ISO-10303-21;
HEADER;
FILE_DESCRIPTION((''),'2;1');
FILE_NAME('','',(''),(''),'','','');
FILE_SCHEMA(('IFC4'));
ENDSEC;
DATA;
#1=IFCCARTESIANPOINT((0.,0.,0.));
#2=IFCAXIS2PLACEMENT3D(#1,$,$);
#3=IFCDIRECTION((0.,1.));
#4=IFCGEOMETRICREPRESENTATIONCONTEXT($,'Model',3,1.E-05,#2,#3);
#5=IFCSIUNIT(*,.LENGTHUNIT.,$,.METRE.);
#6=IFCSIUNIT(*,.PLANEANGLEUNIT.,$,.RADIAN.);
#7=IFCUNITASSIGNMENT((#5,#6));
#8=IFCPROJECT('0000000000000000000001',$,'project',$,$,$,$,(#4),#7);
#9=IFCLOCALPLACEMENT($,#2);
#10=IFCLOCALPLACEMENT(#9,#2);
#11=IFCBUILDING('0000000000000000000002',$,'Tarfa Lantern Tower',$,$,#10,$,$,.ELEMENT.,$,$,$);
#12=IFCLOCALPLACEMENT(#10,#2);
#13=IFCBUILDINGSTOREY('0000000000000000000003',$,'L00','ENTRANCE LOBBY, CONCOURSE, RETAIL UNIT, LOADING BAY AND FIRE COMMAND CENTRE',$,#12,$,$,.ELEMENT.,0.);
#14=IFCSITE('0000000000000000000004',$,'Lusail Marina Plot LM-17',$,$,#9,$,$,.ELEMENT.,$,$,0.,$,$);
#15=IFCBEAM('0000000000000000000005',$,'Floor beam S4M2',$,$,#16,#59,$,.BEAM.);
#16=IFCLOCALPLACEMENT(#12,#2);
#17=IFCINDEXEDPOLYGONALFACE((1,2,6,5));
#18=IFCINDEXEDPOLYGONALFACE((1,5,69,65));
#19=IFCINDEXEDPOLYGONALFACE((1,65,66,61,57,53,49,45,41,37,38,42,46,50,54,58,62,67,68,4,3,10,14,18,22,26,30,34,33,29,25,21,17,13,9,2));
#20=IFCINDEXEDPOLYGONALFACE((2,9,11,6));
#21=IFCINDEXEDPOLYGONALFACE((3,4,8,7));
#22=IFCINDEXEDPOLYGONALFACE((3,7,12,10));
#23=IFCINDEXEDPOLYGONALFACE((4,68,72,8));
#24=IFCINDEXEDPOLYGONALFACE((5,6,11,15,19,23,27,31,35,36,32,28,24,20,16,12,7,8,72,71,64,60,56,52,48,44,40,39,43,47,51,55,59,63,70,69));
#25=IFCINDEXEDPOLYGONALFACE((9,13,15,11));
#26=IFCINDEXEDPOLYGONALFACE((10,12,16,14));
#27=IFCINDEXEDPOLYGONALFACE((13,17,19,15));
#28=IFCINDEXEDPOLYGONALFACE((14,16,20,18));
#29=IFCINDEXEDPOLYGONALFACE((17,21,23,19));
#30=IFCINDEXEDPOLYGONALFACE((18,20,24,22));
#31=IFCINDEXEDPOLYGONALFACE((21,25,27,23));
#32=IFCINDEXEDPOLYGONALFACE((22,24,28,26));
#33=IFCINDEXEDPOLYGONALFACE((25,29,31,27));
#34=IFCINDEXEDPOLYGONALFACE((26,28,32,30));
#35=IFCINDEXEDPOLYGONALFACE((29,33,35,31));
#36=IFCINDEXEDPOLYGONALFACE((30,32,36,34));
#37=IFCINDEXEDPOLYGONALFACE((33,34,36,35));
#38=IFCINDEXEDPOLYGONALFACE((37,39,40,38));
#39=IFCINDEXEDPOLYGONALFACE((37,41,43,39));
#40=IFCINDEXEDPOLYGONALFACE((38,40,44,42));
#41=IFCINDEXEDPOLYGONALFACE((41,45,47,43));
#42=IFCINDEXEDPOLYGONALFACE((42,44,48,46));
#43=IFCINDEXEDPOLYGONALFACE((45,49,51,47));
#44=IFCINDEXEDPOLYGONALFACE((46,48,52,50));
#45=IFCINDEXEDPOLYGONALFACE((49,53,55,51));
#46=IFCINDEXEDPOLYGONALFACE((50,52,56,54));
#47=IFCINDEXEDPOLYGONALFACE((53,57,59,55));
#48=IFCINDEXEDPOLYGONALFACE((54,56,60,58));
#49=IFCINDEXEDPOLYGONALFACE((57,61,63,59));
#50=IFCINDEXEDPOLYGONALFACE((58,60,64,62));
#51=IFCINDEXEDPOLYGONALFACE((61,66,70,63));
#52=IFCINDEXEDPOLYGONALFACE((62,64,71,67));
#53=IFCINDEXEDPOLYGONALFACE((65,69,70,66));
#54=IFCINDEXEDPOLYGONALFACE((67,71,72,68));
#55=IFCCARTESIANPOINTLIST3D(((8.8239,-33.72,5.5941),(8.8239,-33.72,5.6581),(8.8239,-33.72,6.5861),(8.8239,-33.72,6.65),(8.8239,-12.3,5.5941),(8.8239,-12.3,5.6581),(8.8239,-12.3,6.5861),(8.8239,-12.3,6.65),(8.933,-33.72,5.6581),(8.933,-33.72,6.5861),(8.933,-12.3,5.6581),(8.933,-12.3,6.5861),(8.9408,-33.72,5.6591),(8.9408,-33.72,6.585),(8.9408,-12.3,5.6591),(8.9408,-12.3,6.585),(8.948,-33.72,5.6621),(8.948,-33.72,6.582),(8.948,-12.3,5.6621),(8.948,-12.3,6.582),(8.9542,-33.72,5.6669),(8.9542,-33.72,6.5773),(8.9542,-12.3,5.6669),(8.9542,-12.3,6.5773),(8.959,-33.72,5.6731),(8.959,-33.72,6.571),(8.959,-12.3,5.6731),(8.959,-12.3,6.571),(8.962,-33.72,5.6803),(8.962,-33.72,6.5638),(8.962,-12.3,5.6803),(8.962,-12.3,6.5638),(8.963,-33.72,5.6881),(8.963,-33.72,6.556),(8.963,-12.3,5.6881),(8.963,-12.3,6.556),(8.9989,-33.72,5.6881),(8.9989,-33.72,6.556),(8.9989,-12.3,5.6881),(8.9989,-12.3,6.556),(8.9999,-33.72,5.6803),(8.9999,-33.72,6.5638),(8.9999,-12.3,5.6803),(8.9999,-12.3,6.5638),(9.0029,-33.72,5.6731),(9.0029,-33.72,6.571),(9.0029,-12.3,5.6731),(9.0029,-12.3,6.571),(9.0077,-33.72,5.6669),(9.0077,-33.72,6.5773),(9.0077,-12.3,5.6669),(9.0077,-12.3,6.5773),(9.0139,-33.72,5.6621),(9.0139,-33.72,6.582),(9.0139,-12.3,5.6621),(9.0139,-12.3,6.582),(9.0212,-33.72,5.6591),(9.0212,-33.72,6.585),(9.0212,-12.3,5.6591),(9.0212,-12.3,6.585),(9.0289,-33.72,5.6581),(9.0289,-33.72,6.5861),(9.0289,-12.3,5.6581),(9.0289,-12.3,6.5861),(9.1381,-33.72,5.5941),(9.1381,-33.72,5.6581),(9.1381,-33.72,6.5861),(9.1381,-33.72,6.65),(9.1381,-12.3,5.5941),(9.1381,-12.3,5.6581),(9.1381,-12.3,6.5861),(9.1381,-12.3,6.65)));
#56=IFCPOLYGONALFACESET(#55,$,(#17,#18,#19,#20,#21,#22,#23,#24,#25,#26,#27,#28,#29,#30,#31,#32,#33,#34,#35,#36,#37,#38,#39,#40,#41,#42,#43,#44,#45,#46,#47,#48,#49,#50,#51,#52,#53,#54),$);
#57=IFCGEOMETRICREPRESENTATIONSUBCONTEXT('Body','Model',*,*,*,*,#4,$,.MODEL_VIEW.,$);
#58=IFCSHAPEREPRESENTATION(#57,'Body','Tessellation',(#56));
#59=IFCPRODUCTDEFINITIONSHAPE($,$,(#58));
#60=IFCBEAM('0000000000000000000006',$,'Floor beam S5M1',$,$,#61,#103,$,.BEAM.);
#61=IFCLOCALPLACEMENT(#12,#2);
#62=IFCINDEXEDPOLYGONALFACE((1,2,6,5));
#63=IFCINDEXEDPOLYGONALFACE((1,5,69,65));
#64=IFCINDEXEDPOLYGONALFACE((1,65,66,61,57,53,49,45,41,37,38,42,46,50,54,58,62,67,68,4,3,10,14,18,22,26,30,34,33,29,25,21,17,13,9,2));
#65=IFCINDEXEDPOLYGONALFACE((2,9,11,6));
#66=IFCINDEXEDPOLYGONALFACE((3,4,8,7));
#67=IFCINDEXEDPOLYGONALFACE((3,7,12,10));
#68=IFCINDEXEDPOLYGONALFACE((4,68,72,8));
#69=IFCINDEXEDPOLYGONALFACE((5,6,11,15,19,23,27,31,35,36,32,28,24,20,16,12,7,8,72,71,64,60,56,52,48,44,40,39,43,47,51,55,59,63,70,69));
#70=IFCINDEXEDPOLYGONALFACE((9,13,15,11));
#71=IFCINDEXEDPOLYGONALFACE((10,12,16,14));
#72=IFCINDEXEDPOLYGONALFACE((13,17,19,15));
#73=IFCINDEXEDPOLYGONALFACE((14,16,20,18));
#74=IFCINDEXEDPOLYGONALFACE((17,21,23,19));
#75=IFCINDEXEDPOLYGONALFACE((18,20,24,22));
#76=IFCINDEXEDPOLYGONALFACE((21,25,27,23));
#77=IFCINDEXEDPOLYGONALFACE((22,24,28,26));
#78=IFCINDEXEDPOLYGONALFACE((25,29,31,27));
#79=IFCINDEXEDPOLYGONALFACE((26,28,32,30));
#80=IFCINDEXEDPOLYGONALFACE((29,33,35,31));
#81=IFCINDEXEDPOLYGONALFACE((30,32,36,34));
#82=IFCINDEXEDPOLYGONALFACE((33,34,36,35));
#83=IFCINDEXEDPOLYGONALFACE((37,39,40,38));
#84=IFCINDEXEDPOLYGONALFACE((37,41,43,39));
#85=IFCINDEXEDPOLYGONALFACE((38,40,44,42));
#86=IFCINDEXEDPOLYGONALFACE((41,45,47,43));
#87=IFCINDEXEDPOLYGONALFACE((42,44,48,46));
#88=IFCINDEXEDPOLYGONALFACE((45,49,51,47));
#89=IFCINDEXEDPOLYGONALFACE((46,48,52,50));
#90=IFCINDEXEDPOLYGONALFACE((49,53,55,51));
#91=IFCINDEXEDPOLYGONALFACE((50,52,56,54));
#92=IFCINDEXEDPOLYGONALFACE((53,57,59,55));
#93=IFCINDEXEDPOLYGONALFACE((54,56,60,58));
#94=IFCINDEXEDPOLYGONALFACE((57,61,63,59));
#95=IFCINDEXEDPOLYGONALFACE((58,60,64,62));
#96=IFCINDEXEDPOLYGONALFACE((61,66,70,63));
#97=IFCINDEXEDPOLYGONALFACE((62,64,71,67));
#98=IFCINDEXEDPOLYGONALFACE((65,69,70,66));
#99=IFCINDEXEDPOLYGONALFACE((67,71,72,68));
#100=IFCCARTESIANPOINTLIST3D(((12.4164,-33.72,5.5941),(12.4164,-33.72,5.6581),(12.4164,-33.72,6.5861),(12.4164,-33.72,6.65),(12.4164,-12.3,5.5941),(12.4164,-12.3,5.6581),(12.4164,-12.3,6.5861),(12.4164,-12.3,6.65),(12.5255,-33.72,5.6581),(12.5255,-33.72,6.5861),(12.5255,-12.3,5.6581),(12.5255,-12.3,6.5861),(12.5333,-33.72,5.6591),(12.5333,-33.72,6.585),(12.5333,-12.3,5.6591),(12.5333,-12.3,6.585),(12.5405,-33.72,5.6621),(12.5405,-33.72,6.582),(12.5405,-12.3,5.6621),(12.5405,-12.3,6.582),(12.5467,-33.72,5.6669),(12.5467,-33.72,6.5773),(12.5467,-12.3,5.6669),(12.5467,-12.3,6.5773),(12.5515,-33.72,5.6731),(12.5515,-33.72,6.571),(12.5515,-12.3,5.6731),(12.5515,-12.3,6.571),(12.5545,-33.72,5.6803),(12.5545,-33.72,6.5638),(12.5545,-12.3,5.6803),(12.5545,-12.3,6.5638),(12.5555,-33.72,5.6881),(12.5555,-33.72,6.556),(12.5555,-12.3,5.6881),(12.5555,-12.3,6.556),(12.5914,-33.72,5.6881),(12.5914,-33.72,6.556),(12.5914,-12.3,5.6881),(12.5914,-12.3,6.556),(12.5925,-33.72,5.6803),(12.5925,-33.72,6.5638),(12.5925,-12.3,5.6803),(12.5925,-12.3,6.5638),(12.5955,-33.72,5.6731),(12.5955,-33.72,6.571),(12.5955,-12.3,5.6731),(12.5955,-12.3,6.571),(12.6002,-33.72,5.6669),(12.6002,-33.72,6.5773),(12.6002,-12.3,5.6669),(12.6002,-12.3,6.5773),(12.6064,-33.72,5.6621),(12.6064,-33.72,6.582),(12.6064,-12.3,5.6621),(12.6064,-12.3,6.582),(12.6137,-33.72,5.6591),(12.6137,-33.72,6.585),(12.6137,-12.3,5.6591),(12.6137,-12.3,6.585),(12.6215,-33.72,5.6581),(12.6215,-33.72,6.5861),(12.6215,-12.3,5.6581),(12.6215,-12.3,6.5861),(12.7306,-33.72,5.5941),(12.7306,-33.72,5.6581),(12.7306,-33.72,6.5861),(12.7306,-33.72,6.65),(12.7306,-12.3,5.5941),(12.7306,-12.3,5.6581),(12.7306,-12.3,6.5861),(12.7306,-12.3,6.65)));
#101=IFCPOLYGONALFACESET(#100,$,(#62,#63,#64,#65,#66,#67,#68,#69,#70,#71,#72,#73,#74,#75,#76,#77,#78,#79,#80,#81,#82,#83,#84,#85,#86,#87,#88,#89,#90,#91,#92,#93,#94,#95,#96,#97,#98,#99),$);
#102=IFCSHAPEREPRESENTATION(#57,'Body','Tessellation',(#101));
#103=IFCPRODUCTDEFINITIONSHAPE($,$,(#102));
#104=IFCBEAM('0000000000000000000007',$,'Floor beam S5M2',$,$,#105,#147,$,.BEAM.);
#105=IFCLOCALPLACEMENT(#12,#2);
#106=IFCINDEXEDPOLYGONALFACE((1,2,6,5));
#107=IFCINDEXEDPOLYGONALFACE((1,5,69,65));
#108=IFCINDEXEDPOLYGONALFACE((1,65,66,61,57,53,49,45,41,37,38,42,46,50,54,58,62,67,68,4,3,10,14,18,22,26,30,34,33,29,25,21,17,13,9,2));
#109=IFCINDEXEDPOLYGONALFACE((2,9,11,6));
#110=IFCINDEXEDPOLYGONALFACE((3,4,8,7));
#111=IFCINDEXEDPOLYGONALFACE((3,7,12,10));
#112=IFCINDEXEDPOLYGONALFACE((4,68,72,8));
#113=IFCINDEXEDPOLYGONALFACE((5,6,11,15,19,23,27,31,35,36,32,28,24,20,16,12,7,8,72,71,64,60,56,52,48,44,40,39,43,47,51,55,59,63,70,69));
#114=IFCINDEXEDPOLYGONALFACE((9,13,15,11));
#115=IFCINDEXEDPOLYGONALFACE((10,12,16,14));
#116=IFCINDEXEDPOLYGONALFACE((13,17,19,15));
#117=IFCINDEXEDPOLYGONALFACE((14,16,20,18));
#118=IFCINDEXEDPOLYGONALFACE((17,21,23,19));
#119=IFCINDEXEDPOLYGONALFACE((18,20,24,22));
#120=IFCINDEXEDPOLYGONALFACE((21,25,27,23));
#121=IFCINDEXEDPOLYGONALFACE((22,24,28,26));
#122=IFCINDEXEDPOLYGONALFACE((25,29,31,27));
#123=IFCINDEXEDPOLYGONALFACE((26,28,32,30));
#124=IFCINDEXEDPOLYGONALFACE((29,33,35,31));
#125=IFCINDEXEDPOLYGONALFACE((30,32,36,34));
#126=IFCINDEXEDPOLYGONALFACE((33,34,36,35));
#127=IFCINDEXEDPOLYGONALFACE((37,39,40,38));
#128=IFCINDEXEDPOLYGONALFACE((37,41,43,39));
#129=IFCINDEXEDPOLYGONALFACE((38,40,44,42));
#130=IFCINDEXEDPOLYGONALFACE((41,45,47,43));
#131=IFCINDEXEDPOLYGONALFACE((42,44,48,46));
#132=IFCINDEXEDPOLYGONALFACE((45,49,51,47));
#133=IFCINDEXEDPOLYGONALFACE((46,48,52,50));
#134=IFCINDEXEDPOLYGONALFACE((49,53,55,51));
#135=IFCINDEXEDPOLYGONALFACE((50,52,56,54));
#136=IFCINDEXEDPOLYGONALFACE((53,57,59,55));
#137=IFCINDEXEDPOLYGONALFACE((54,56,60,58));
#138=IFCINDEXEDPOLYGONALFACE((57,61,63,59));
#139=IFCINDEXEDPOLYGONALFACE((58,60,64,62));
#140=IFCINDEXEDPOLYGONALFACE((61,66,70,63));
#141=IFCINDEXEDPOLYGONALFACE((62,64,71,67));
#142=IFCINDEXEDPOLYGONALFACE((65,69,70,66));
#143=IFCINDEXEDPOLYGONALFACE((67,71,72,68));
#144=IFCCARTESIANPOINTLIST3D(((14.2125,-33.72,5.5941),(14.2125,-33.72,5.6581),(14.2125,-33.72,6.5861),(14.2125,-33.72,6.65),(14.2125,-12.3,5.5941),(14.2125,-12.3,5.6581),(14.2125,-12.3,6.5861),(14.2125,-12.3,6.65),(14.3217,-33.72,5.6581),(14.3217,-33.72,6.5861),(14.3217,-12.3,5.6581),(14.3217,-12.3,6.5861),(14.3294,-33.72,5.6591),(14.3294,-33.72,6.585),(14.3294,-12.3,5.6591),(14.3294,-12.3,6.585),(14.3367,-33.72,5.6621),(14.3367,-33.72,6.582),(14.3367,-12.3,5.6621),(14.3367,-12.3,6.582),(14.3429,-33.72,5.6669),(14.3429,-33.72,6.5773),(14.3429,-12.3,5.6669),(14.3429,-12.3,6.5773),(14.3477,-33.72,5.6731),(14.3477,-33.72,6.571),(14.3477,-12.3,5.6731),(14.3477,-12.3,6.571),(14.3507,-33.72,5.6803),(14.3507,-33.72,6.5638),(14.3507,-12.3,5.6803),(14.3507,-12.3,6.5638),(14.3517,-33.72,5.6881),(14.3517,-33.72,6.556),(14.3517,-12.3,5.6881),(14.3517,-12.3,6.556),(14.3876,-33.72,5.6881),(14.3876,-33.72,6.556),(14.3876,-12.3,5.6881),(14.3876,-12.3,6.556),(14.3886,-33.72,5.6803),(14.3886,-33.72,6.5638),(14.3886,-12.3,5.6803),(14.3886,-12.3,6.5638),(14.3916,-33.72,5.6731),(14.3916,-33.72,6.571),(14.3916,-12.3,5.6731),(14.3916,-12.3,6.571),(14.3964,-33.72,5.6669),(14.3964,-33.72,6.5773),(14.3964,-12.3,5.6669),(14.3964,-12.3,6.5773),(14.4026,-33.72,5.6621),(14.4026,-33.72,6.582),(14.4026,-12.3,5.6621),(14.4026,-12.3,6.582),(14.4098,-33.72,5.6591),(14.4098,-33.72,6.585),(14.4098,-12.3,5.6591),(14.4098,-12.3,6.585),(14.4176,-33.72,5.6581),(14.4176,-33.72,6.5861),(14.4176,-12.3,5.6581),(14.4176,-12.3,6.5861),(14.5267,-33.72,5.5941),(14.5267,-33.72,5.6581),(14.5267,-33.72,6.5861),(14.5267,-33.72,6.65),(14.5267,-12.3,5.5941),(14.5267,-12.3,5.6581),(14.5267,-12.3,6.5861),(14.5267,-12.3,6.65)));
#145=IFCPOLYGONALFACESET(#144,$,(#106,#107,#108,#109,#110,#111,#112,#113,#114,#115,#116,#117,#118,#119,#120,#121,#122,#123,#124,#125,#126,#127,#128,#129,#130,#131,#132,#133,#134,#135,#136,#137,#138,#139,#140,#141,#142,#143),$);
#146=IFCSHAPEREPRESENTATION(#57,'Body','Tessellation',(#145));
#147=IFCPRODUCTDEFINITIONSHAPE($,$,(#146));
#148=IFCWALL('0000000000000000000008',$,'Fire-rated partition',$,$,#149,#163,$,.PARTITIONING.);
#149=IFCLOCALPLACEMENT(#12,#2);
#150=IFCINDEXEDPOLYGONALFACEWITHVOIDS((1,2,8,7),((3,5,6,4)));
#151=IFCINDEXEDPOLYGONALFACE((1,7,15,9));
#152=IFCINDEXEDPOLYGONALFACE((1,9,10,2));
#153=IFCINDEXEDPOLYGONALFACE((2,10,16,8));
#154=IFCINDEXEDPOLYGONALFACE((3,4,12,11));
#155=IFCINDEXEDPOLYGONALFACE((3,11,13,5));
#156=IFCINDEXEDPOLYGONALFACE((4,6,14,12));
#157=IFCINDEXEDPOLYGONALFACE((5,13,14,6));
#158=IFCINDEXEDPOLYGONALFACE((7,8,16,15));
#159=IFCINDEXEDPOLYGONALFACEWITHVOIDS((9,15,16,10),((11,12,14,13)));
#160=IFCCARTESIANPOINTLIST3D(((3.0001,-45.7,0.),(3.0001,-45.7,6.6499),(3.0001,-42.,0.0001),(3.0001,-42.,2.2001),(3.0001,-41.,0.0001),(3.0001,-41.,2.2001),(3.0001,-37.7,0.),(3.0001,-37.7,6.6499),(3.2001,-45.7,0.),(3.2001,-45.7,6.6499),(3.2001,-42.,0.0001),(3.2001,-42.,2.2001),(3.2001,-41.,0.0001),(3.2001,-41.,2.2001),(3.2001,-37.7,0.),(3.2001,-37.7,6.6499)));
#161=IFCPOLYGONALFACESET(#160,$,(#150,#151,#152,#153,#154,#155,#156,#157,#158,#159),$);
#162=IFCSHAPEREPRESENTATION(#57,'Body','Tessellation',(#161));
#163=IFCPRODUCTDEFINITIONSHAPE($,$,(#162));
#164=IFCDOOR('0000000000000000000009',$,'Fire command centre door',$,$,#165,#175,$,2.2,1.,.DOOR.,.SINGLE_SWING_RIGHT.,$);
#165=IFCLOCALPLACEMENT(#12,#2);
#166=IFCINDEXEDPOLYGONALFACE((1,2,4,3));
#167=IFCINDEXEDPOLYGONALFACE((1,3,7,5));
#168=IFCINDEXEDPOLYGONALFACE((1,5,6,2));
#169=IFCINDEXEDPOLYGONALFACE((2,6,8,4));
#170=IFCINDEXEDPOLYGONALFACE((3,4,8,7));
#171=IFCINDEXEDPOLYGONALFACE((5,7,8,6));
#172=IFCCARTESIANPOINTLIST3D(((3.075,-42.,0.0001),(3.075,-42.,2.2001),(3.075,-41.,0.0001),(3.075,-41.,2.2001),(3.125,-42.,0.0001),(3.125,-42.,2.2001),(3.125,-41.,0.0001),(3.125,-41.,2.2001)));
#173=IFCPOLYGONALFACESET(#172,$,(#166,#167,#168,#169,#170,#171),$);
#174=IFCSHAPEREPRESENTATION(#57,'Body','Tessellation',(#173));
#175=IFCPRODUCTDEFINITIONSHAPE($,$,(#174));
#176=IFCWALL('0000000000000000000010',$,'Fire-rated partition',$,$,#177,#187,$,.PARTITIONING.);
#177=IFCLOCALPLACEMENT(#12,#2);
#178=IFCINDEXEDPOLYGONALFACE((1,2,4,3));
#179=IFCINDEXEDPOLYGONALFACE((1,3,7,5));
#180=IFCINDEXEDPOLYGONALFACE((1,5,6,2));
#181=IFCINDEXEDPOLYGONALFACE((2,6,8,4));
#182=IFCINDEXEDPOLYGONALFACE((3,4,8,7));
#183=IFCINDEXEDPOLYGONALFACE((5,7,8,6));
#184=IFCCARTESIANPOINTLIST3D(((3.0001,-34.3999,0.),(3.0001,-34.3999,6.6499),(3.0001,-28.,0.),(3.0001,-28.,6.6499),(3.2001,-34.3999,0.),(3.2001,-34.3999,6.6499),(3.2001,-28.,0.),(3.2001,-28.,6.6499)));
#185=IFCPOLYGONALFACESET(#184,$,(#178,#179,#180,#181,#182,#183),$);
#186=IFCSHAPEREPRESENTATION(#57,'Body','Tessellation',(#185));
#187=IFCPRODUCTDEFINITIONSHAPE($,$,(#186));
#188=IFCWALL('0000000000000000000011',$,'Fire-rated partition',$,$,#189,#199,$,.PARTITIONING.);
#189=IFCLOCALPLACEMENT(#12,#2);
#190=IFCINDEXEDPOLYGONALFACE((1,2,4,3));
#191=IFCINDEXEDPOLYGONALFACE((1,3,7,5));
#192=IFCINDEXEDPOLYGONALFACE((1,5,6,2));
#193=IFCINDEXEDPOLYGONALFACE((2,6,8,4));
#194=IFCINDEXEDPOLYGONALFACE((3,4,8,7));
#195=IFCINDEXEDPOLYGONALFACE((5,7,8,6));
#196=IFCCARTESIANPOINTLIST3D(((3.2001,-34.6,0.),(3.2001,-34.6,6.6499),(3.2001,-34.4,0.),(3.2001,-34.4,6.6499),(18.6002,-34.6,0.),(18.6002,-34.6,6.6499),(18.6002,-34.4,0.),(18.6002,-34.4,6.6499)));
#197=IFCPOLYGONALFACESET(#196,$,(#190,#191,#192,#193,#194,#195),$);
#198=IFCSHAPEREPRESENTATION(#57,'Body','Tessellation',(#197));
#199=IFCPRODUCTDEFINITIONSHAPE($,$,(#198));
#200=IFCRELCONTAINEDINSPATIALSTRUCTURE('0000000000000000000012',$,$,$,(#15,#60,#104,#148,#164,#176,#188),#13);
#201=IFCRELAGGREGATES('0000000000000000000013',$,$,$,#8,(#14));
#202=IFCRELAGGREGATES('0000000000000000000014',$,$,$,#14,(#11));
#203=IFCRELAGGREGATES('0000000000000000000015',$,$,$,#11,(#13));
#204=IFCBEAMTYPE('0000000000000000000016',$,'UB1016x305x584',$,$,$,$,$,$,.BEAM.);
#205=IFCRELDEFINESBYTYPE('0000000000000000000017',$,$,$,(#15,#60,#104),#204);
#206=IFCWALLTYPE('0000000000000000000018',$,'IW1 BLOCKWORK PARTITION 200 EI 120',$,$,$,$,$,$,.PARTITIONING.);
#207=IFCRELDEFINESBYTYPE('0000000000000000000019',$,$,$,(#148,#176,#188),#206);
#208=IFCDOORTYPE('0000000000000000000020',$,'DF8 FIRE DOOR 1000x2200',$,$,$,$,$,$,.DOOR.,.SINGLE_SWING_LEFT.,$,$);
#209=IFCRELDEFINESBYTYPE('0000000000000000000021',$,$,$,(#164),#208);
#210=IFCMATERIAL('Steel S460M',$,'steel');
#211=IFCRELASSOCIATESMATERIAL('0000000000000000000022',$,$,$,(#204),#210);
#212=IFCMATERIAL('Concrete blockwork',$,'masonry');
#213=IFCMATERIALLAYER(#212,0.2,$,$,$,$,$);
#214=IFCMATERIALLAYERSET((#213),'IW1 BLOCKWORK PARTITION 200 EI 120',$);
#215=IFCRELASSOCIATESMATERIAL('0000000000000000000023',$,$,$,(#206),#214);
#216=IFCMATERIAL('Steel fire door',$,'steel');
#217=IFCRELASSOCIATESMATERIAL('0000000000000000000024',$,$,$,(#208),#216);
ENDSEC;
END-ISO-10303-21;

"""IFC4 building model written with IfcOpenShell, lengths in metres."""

from ifc_helpers import new_model, si_unit, direction, frame, frame_2d, origin, origin_2d, place, context, subcontext, project, spatial, rectangle, i_section, extrude, material, layer, layer_set, material_profile, profile_set, type_object, element, fill, save


model = new_model("IFC4")

# Units and contexts
model_context = context("Model", 3, precision=1e-05, world=origin(), true_north=direction((0.0, 1.0)))
body_context = subcontext(model_context, "Body", "Model", "MODEL_VIEW")
ifc_project = project(units=[si_unit("LENGTHUNIT", "METRE"), si_unit("PLANEANGLEUNIT", "RADIAN")], contexts=[model_context])

# Site, building, storey
site_placement = place(None, origin())
site = spatial("IfcSite", under=ifc_project, at=site_placement, Name="Lusail Marina Plot LM-17", CompositionType="ELEMENT", RefElevation=0.0)
building_placement = place(site_placement, origin())
building = spatial("IfcBuilding", under=site, at=building_placement, Name="Tarfa Lantern Tower", CompositionType="ELEMENT")
storey_placement = place(building_placement, origin())
storey = spatial("IfcBuildingStorey", under=building, at=storey_placement, Name="L00", Description="ENTRANCE LOBBY, CONCOURSE, RETAIL UNIT, LOADING BAY AND FIRE COMMAND CENTRE", CompositionType="ELEMENT", Elevation=0.0)

# Beams
ifc_material_1 = material(Name="Steel S460M", Category="steel")
ifc_material_profile_1 = material_profile(ifc_material_1, i_section(OverallWidth=0.3142, OverallDepth=1.0559, WebThickness=0.0359, FlangeThickness=0.064, FilletRadius=0.03, at=origin_2d()), Name="UB1016x305x584")
ifc_profile_set_1 = profile_set([ifc_material_profile_1], Name="Steel S460M")
beam_type_1 = type_object("IfcBeamType", Name="UB1016x305x584", PredefinedType="BEAM", material=ifc_profile_set_1)
for number, where, z_axis, x_axis, name in (
    (1, (8.981, -33.72, 6.1221), (0.0, 1.0, 0.0), (-1.0, 0.0, 0.0), "Floor beam S4M2"),
    (2, (12.5735, -33.72, 6.1221), (0.0, 1.0, 0.0), (-1.0, 0.0, 0.0), "Floor beam S5M1"),
    (3, (14.3696, -33.72, 6.1221), (0.0, 1.0, 0.0), (-1.0, 0.0, 0.0), "Floor beam S5M2"),
):
    element("IfcBeam", number, at=place(storey_placement, frame(where, z_axis=z_axis, x_axis=x_axis)), inside=storey, type_object=beam_type_1, Name=name, PredefinedType="BEAM", context=body_context, shape_type="SweptSolid", body=[
        extrude(i_section(OverallWidth=0.3142, OverallDepth=1.0559, WebThickness=0.0359, FlangeThickness=0.064, FilletRadius=0.03, at=origin_2d()), origin(), (0.0, 0.0, 1.0), 21.4199),
    ])

# Wall, opening, door
ifc_material_2 = material(Name="Concrete blockwork", Category="masonry")
ifc_layer_1 = layer(ifc_material_2, 0.2)
ifc_layer_set_1 = layer_set([ifc_layer_1], Name="IW1 BLOCKWORK PARTITION 200 EI 120")
wall_type_1 = type_object("IfcWallType", Name="IW1 BLOCKWORK PARTITION 200 EI 120", PredefinedType="PARTITIONING", material=ifc_layer_set_1)
wall_1_placement = place(storey_placement, frame((3.1001, -45.7, 0.0), z_axis=(0.0, 0.0, 1.0), x_axis=(0.0, 1.0, 0.0)))
wall_1 = element("IfcWall", 4, at=wall_1_placement, inside=storey, type_object=wall_type_1, Name="Fire-rated partition", PredefinedType="PARTITIONING", context=body_context, shape_type="SweptSolid", body=[
    extrude(rectangle(XDim=8.0, YDim=0.2, at=frame_2d((4.0, 0.0))), origin(), (0.0, 0.0, 1.0), 6.6499),
])
opening_1_placement = place(wall_1_placement, frame((3.7, 0.0, 0.0)))
opening_1 = element("IfcOpeningElement", 5, at=opening_1_placement, cuts=wall_1, PredefinedType="OPENING", context=body_context, shape_type="SweptSolid", body=[
    extrude(rectangle(XDim=1.0, YDim=2.2, at=frame_2d((0.5, 1.1001))), frame((0.0, 0.1099, 0.0), z_axis=(0.0, -1.0, 0.0), x_axis=(1.0, 0.0, 0.0)), (0.0, 0.0, 1.0), 0.22),
])
ifc_material_3 = material(Name="Steel fire door", Category="steel")
door_type_1 = type_object("IfcDoorType", Name="DF8 FIRE DOOR 1000x2200", OperationType="SINGLE_SWING_LEFT", PredefinedType="DOOR", material=ifc_material_3)
door_1_placement = place(opening_1_placement, frame((1.0, 0.0, 0.0), z_axis=(0.0, 0.0, 1.0), x_axis=(-1.0, 0.0, 0.0)))
door_1 = element("IfcDoor", 6, at=door_1_placement, inside=storey, type_object=door_type_1, Name="Fire command centre door", OperationType="SINGLE_SWING_RIGHT", OverallHeight=2.2, OverallWidth=1.0, PredefinedType="DOOR", context=body_context, shape_type="SweptSolid", body=[
    extrude(rectangle(XDim=1.0, YDim=2.2, at=frame_2d((0.5, 1.1001))), frame((0.0, 0.0249, 0.0), z_axis=(0.0, -1.0, 0.0), x_axis=(1.0, 0.0, 0.0)), (0.0, 0.0, 1.0), 0.05),
])
fill(opening_1, door_1)

# Walls
wall_2_placement = place(storey_placement, frame((3.1001, -34.3999, 0.0), z_axis=(0.0, 0.0, 1.0), x_axis=(0.0, 1.0, 0.0)))
element("IfcWall", 7, at=wall_2_placement, inside=storey, type_object=wall_type_1, Name="Fire-rated partition", PredefinedType="PARTITIONING", context=body_context, shape_type="SweptSolid", body=[
    extrude(rectangle(XDim=6.3999, YDim=0.2, at=frame_2d((3.2, 0.0))), origin(), (0.0, 0.0, 1.0), 6.6499),
])
wall_3_placement = place(storey_placement, frame((3.2, -34.5, 0.0), z_axis=(0.0, 0.0, 1.0), x_axis=(1.0, 0.0, 0.0)))
element("IfcWall", 8, at=wall_3_placement, inside=storey, type_object=wall_type_1, Name="Fire-rated partition", PredefinedType="PARTITIONING", context=body_context, shape_type="SweptSolid", body=[
    extrude(rectangle(XDim=15.4001, YDim=0.2, at=frame_2d((7.7002, 0.0))), origin(), (0.0, 0.0, 1.0), 6.6499),
])

save(model, "model.ifc")
